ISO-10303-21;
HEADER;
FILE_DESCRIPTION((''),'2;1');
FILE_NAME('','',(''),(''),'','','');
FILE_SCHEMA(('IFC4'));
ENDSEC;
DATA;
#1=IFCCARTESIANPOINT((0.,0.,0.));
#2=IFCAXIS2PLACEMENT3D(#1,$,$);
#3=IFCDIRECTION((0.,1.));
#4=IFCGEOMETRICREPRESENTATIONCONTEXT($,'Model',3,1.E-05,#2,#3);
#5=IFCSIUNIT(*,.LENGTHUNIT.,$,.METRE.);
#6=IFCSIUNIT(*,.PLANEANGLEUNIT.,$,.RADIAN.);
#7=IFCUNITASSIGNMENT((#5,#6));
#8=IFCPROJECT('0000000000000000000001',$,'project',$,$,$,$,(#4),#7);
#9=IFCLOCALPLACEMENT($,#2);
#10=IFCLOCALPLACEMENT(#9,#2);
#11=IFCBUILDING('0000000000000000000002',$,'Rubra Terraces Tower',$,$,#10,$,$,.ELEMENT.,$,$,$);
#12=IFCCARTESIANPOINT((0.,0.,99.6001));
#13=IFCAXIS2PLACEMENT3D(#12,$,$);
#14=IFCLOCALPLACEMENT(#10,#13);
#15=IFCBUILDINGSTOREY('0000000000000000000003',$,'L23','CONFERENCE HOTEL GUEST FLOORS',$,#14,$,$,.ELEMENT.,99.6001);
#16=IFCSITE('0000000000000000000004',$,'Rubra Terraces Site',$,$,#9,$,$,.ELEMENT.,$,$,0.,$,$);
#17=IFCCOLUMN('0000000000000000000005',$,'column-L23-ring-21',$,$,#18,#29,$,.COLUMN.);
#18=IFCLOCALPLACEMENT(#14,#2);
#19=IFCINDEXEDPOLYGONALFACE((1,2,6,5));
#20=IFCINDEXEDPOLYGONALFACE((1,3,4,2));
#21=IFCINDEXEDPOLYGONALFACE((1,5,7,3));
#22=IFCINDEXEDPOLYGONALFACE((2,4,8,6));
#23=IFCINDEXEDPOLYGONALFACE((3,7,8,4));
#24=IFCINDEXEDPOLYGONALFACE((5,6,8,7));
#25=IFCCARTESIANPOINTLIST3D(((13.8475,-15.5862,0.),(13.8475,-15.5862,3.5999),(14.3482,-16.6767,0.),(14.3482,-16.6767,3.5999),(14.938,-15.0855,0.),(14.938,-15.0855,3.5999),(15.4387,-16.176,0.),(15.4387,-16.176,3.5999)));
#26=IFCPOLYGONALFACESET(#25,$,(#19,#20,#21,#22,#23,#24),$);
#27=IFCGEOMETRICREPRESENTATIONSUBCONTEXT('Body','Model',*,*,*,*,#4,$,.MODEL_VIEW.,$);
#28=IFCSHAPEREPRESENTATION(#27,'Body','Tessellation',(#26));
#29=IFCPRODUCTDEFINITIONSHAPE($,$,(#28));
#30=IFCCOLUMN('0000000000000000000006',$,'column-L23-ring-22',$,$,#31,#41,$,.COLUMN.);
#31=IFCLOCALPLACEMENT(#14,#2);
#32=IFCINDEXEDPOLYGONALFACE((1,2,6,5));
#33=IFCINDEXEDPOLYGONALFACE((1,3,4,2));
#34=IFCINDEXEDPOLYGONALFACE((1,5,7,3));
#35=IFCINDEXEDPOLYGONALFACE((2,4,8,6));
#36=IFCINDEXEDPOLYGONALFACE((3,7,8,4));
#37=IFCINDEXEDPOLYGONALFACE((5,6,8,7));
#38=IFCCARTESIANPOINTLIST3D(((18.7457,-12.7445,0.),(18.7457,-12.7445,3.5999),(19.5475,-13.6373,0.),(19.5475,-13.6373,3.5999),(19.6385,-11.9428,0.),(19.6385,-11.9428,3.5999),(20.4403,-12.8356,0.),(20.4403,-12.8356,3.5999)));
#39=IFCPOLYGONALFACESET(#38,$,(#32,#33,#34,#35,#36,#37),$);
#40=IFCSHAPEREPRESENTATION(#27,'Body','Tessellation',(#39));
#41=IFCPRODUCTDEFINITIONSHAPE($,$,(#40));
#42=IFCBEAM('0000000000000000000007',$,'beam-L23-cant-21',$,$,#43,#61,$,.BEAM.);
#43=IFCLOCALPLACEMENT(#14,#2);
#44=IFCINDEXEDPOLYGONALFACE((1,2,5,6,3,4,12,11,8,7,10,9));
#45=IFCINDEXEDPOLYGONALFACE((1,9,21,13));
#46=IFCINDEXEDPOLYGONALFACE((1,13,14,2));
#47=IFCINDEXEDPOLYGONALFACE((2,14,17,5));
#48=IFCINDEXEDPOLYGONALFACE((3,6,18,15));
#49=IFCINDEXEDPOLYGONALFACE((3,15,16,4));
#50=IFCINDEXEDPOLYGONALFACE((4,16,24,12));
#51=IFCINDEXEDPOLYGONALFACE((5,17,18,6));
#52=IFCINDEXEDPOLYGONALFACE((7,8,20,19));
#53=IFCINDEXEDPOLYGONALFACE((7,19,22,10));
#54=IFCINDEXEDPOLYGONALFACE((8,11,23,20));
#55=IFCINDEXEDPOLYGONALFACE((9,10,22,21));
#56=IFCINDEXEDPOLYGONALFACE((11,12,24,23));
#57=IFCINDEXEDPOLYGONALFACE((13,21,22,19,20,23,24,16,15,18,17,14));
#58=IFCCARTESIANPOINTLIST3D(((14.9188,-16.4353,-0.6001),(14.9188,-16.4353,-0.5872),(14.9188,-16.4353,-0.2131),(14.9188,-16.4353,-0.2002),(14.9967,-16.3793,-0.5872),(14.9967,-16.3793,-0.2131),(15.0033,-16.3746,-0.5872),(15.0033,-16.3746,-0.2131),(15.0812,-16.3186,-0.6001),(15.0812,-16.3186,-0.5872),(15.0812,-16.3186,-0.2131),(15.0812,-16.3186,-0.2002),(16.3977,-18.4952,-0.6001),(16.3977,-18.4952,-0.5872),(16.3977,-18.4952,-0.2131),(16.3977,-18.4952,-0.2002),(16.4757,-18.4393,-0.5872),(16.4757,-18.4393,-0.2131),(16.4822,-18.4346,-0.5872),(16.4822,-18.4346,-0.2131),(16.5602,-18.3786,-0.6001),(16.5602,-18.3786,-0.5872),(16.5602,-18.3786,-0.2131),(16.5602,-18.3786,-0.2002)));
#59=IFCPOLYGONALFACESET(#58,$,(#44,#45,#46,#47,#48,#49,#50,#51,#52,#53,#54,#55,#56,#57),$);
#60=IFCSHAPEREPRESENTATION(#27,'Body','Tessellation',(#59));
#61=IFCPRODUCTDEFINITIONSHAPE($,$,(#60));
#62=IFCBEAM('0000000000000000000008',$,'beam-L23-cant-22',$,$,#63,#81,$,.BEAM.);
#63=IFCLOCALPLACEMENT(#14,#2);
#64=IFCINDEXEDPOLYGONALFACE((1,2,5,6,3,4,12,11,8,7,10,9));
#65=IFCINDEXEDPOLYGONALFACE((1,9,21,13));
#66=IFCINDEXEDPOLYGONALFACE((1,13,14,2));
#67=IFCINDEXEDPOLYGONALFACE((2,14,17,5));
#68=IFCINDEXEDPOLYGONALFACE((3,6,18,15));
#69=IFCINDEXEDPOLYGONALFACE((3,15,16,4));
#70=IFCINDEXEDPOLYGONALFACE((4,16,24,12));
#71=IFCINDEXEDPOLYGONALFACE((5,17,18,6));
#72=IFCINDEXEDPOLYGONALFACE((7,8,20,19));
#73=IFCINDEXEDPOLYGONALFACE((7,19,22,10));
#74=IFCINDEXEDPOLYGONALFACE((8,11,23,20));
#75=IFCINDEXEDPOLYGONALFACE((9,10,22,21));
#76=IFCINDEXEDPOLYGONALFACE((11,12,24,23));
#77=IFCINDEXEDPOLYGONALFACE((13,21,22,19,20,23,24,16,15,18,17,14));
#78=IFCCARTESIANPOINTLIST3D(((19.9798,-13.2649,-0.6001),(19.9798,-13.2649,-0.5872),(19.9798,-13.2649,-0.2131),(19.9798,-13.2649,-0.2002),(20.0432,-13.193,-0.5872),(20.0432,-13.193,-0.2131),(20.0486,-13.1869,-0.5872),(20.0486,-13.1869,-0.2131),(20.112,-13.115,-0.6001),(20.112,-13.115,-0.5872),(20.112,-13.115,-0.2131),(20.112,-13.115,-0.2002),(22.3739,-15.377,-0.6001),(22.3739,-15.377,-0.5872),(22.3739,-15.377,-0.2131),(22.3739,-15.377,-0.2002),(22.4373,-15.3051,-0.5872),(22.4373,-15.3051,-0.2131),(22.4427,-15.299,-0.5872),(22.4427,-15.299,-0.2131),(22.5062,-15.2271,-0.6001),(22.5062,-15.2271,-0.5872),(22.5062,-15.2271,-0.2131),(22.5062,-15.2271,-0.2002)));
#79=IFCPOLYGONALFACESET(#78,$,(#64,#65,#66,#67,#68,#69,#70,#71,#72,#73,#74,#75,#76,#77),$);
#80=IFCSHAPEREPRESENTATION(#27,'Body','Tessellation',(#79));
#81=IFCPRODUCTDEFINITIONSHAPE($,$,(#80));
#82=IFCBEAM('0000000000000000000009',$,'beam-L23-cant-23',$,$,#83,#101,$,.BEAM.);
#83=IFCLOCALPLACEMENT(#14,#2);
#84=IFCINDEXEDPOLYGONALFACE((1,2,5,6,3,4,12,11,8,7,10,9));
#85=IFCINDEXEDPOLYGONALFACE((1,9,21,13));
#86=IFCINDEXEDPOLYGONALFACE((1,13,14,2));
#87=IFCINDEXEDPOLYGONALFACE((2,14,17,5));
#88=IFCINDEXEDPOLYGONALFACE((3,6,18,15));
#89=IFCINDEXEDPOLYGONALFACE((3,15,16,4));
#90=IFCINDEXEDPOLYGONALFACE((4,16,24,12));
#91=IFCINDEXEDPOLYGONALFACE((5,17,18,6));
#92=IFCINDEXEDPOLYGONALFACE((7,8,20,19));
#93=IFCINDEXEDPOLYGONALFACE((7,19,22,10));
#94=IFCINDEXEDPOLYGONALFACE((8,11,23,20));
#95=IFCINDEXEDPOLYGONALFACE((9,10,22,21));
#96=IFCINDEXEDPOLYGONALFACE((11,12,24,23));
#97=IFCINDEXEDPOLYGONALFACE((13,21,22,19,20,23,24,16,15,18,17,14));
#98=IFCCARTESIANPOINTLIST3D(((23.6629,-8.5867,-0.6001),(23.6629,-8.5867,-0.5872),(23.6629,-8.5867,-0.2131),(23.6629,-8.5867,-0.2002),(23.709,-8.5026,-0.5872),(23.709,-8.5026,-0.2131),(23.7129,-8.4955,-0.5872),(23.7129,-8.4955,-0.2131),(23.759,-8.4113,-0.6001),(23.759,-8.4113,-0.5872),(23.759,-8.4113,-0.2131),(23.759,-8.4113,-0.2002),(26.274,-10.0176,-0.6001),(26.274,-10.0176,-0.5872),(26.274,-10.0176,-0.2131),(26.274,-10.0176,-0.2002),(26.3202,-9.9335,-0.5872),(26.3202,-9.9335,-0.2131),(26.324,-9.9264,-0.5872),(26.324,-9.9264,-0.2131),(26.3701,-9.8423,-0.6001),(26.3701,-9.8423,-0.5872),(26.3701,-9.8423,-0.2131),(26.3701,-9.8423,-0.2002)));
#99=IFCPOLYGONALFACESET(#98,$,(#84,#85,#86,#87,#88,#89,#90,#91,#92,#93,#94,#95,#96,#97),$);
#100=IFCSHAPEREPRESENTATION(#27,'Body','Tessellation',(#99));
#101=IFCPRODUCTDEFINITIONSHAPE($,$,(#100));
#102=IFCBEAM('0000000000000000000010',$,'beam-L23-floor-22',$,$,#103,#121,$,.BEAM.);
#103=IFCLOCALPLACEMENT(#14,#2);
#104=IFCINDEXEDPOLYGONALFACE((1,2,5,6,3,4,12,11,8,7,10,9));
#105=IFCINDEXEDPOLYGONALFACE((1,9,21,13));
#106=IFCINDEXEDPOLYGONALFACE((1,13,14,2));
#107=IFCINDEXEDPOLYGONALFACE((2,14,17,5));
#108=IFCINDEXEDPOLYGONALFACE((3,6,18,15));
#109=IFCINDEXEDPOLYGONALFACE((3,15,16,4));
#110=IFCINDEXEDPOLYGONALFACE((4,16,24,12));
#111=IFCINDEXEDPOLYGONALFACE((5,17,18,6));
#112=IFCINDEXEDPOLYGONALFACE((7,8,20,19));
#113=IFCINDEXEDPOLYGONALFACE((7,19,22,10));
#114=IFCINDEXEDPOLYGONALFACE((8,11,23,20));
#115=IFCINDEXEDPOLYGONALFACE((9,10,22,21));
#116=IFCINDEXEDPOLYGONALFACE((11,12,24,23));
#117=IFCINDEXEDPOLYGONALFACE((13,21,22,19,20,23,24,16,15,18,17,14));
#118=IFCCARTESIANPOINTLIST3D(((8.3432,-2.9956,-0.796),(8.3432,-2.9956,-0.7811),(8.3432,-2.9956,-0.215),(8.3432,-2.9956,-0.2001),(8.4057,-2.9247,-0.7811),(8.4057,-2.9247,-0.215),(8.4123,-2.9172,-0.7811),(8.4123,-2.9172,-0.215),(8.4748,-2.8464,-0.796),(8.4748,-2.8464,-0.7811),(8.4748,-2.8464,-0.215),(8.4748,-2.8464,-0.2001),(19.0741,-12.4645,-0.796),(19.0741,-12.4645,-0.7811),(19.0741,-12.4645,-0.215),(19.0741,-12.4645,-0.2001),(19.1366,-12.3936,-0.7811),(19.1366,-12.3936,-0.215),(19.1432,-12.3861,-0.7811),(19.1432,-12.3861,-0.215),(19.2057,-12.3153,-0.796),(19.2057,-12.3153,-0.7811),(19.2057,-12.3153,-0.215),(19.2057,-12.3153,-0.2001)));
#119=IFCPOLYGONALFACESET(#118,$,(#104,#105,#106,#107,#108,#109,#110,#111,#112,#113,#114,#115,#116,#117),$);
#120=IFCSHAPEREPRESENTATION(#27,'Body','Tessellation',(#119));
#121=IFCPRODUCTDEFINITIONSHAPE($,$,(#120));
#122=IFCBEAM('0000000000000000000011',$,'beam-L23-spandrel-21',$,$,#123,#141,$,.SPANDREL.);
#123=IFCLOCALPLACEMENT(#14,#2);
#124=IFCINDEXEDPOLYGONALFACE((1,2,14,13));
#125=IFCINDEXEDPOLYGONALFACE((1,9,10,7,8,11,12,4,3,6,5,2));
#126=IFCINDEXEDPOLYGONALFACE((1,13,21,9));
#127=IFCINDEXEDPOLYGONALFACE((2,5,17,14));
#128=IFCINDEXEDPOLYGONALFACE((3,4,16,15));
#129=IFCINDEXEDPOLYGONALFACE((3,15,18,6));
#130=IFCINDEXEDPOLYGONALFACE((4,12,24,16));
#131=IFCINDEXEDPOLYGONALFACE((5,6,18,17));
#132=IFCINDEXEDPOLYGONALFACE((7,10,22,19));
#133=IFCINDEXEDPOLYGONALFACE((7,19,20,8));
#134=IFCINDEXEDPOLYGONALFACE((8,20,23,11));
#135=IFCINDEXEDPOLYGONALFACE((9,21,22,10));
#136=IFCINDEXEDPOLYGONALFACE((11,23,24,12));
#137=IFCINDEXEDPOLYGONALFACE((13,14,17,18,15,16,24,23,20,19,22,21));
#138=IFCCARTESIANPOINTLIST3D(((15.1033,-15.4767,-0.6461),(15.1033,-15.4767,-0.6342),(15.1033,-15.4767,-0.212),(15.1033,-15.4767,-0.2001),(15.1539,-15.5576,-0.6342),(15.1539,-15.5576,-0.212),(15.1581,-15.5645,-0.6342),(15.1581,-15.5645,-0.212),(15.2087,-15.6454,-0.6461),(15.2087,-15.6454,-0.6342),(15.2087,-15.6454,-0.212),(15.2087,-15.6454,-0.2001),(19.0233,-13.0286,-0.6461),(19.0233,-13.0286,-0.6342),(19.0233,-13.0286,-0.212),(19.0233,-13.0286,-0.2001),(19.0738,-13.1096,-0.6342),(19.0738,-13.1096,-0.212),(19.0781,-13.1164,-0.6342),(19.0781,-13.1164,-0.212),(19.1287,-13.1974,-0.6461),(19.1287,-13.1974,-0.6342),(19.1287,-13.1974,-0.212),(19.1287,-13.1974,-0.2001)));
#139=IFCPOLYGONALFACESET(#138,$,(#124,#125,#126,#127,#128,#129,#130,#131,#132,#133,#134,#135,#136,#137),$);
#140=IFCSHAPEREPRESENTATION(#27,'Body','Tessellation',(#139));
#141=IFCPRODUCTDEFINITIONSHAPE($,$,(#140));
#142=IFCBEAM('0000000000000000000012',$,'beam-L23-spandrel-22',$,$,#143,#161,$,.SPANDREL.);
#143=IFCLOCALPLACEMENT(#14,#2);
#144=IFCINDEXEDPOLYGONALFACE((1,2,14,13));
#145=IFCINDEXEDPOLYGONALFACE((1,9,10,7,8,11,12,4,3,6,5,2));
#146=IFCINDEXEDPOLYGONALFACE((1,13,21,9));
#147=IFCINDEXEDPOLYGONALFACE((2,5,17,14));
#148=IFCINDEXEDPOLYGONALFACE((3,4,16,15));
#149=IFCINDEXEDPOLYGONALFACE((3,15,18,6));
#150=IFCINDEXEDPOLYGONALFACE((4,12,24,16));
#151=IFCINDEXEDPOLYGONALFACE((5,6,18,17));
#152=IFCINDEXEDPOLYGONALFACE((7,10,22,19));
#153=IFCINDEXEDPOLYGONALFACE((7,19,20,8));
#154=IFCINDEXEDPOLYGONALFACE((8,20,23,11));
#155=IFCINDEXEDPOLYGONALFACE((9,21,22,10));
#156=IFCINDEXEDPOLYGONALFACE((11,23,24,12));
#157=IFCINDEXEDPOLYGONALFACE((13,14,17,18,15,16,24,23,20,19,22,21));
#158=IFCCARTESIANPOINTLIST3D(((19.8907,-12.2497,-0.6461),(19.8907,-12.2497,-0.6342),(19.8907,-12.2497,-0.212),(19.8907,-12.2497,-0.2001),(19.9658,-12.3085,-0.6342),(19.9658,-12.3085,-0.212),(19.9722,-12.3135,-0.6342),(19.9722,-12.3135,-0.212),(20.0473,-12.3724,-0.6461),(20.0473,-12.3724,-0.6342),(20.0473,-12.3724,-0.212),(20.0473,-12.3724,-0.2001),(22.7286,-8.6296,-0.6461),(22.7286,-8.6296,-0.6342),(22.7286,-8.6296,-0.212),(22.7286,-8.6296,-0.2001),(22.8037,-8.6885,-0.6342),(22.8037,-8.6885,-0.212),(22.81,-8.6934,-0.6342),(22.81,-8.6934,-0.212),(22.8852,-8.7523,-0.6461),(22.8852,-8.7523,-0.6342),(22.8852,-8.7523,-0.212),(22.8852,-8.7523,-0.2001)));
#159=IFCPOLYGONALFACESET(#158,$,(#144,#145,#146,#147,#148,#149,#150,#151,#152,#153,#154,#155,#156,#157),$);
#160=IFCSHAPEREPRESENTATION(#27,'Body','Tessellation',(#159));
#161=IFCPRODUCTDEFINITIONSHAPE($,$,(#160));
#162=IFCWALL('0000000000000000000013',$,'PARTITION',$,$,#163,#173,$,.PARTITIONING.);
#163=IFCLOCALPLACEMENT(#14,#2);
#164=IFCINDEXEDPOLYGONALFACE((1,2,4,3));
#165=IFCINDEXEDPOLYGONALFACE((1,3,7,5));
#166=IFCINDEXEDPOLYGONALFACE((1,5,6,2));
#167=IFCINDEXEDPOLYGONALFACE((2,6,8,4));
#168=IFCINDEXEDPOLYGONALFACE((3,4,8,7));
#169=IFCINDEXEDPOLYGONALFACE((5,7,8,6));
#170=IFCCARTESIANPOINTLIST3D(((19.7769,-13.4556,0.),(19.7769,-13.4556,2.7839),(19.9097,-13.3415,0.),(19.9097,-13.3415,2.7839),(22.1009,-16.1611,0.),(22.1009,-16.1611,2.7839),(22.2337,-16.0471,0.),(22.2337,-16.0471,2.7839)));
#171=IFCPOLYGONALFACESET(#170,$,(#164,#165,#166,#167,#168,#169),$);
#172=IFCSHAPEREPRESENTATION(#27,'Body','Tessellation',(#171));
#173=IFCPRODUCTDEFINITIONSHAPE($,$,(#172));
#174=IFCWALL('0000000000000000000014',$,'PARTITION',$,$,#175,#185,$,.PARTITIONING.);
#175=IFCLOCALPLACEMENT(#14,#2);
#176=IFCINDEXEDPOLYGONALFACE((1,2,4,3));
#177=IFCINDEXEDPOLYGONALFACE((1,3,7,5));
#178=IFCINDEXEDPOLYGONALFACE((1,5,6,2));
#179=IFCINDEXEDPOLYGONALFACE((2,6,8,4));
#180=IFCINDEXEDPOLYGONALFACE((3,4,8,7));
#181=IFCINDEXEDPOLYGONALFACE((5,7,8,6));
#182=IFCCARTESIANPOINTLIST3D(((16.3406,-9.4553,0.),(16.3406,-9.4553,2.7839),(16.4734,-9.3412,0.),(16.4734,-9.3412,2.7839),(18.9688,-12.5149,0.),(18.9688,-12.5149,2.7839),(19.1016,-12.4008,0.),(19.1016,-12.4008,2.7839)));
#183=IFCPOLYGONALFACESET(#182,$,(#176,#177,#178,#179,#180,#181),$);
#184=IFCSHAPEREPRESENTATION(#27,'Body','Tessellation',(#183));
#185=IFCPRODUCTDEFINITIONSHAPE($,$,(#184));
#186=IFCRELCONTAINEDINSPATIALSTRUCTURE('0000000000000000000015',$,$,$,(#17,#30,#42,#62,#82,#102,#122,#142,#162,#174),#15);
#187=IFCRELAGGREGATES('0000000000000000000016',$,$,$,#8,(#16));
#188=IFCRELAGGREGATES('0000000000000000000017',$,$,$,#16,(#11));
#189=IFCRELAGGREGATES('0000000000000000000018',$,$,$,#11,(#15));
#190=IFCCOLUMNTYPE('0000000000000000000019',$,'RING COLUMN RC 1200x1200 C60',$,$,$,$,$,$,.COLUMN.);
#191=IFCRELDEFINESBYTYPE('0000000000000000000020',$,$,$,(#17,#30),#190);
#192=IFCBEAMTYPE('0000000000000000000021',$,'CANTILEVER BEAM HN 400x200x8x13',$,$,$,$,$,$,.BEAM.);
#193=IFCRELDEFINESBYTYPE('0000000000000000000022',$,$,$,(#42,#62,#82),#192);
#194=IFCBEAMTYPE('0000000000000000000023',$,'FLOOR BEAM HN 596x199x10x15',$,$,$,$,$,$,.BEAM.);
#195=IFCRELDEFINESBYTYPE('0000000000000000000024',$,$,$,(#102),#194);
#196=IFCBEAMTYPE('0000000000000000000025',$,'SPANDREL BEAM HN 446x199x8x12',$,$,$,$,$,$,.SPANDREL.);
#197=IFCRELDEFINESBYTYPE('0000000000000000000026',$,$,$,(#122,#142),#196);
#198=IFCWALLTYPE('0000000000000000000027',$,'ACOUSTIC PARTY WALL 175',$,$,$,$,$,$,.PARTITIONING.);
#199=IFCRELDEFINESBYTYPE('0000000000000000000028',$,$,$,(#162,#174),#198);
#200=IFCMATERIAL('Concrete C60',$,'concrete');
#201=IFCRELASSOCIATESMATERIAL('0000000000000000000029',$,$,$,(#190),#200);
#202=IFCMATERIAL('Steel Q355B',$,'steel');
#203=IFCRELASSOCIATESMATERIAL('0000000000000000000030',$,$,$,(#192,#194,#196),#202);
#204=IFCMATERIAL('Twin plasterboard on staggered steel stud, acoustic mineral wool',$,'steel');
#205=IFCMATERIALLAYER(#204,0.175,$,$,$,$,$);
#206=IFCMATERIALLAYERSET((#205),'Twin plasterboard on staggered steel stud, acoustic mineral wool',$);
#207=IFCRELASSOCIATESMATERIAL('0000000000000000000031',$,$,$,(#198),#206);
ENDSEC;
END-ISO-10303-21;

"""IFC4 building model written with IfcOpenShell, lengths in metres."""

from ifc_helpers import new_model, si_unit, direction, frame, frame_2d, origin, origin_2d, place, context, subcontext, project, spatial, rectangle, i_section, extrude, material, layer, layer_set, material_profile, profile_set, type_object, element, save


model = new_model("IFC4")

# Units and contexts
model_context = context("Model", 3, precision=1e-05, world=origin(), true_north=direction((0.0, 1.0)))
body_context = subcontext(model_context, "Body", "Model", "MODEL_VIEW")
ifc_project = project(units=[si_unit("LENGTHUNIT", "METRE"), si_unit("PLANEANGLEUNIT", "RADIAN")], contexts=[model_context])

# Site, building, storey
site_placement = place(None, origin())
site = spatial("IfcSite", under=ifc_project, at=site_placement, Name="Rubra Terraces Site", CompositionType="ELEMENT", RefElevation=0.0)
building_placement = place(site_placement, origin())
building = spatial("IfcBuilding", under=site, at=building_placement, Name="Rubra Terraces Tower", CompositionType="ELEMENT")
storey_placement = place(building_placement, frame((0.0, 0.0, 99.6001)))
storey = spatial("IfcBuildingStorey", under=building, at=storey_placement, Name="L23", Description="CONFERENCE HOTEL GUEST FLOORS", CompositionType="ELEMENT", Elevation=99.6001)

# Columns
ifc_material_1 = material(Name="Concrete C60", Category="concrete")
ifc_material_profile_1 = material_profile(ifc_material_1, rectangle(XDim=1.2, YDim=1.2, at=origin_2d()), Name="RC 1200x1200")
ifc_profile_set_1 = profile_set([ifc_material_profile_1], Name="Concrete C60")
column_type = type_object("IfcColumnType", Name="RING COLUMN RC 1200x1200 C60", PredefinedType="COLUMN", material=ifc_profile_set_1)
for number, where, z_axis, x_axis, name in (
    (1, (14.6431, -15.8811, 0.0), (0.0, 0.0, 1.0), (0.908779, 0.417279, 0.0), "column-L23-ring-21"),
    (2, (19.593, -12.79, 0.0), (0.0, 0.0, 1.0), (0.744021, 0.668156, 0.0), "column-L23-ring-22"),
):
    element("IfcColumn", number, at=place(storey_placement, frame(where, z_axis=z_axis, x_axis=x_axis)), inside=storey, type_object=column_type, Name=name, PredefinedType="COLUMN", context=body_context, shape_type="SweptSolid", body=[
        extrude(rectangle(XDim=1.2, YDim=1.2, at=origin_2d()), origin(), (0.0, 0.0, 1.0), 3.5999),
    ])

# Beams
ifc_material_2 = material(Name="Steel Q355B", Category="steel")
ifc_material_profile_2 = material_profile(ifc_material_2, i_section(OverallWidth=0.2, OverallDepth=0.3999, WebThickness=0.0081, FlangeThickness=0.0129, at=origin_2d()), Name="HN 400x200x8x13")
ifc_profile_set_2 = profile_set([ifc_material_profile_2], Name="Steel Q355B")
beam_type_1 = type_object("IfcBeamType", Name="CANTILEVER BEAM HN 400x200x8x13", PredefinedType="BEAM", material=ifc_profile_set_2)
beam_1_placement = place(storey_placement, frame((15.0, -16.377, -0.4001), z_axis=(0.583204, -0.812326, 0.0), x_axis=(0.812326, 0.583204, 0.0)))
element("IfcBeam", 3, at=beam_1_placement, inside=storey, type_object=beam_type_1, Name="beam-L23-cant-21", PredefinedType="BEAM", context=body_context, shape_type="SweptSolid", body=[
    extrude(i_section(OverallWidth=0.2, OverallDepth=0.3999, WebThickness=0.0081, FlangeThickness=0.0129, at=origin_2d()), origin(), (0.0, 0.0, 1.0), 2.5359),
])
beam_2_placement = place(storey_placement, frame((20.0459, -13.1899, -0.4001), z_axis=(0.749889, -0.661563, 0.0), x_axis=(0.661563, 0.749889, 0.0)))
element("IfcBeam", 4, at=beam_2_placement, inside=storey, type_object=beam_type_1, Name="beam-L23-cant-22", PredefinedType="BEAM", context=body_context, shape_type="SweptSolid", body=[
    extrude(i_section(OverallWidth=0.2, OverallDepth=0.3999, WebThickness=0.0081, FlangeThickness=0.0129, at=origin_2d()), origin(), (0.0, 0.0, 1.0), 3.1926),
])
beam_3_placement = place(storey_placement, frame((23.7109, -8.499, -0.4001), z_axis=(0.876951, -0.48058, 0.0), x_axis=(0.48058, 0.876951, 0.0)))
element("IfcBeam", 5, at=beam_3_placement, inside=storey, type_object=beam_type_1, Name="beam-L23-cant-23", PredefinedType="BEAM", context=body_context, shape_type="SweptSolid", body=[
    extrude(i_section(OverallWidth=0.2, OverallDepth=0.3999, WebThickness=0.0081, FlangeThickness=0.0129, at=origin_2d()), origin(), (0.0, 0.0, 1.0), 2.9775),
])
ifc_material_profile_3 = material_profile(ifc_material_2, i_section(OverallWidth=0.199, OverallDepth=0.5959, WebThickness=0.01, FlangeThickness=0.0149, at=origin_2d()), Name="HN 596x199x10x15")
ifc_profile_set_3 = profile_set([ifc_material_profile_3], Name="Steel Q355B")
beam_type_2 = type_object("IfcBeamType", Name="FLOOR BEAM HN 596x199x10x15", PredefinedType="BEAM", material=ifc_profile_set_3)
beam_4_placement = place(storey_placement, frame((19.1399, -12.3899, -0.498), z_axis=(-0.74982, 0.661641, 0.0), x_axis=(-0.661641, -0.74982, 0.0)))
element("IfcBeam", 6, at=beam_4_placement, inside=storey, type_object=beam_type_2, Name="beam-L23-floor-22", PredefinedType="BEAM", context=body_context, shape_type="SweptSolid", body=[
    extrude(i_section(OverallWidth=0.199, OverallDepth=0.5959, WebThickness=0.01, FlangeThickness=0.0149, at=origin_2d()), origin(), (0.0, 0.0, 1.0), 14.3113),
])
ifc_material_profile_4 = material_profile(ifc_material_2, i_section(OverallWidth=0.199, OverallDepth=0.446, WebThickness=0.0081, FlangeThickness=0.012, at=origin_2d()), Name="HN 446x199x8x12")
ifc_profile_set_4 = profile_set([ifc_material_profile_4], Name="Steel Q355B")
beam_type_3 = type_object("IfcBeamType", Name="SPANDREL BEAM HN 446x199x8x12", PredefinedType="SPANDREL", material=ifc_profile_set_4)
beam_5_placement = place(storey_placement, frame((15.156, -15.561, -0.4231), z_axis=(0.848188, 0.529695, 0.0), x_axis=(-0.529695, 0.848188, 0.0)))
element("IfcBeam", 7, at=beam_5_placement, inside=storey, type_object=beam_type_3, Name="beam-L23-spandrel-21", PredefinedType="SPANDREL", context=body_context, shape_type="SweptSolid", body=[
    extrude(i_section(OverallWidth=0.199, OverallDepth=0.446, WebThickness=0.0081, FlangeThickness=0.012, at=origin_2d()), origin(), (0.0, 0.0, 1.0), 4.6216),
])
beam_6_placement = place(storey_placement, frame((19.969, -12.311, -0.4231), z_axis=(0.616949, 0.787003, 0.0), x_axis=(-0.787003, 0.616949, 0.0)))
element("IfcBeam", 8, at=beam_6_placement, inside=storey, type_object=beam_type_3, Name="beam-L23-spandrel-22", PredefinedType="SPANDREL", context=body_context, shape_type="SweptSolid", body=[
    extrude(i_section(OverallWidth=0.199, OverallDepth=0.446, WebThickness=0.0081, FlangeThickness=0.012, at=origin_2d()), origin(), (0.0, 0.0, 1.0), 4.5999),
])

# Walls
ifc_material_3 = material(Name="Twin plasterboard on staggered steel stud, acoustic mineral wool", Category="steel")
ifc_layer_1 = layer(ifc_material_3, 0.175)
ifc_layer_set_1 = layer_set([ifc_layer_1], Name="Twin plasterboard on staggered steel stud, acoustic mineral wool")
wall_type_1 = type_object("IfcWallType", Name="ACOUSTIC PARTY WALL 175", PredefinedType="PARTITIONING", material=ifc_layer_set_1)
wall_1_placement = place(storey_placement, frame((22.1672, -16.104, 0.0), z_axis=(0.0, 0.0, 1.0), x_axis=(-0.651586, 0.758575, 0.0)))
element("IfcWall", 9, at=wall_1_placement, inside=storey, type_object=wall_type_1, Name="PARTITION", PredefinedType="PARTITIONING", context=body_context, shape_type="SweptSolid", body=[
    extrude(rectangle(XDim=3.5667, YDim=0.175, at=frame_2d((1.7832, 0.0))), origin(), (0.0, 0.0, 1.0), 2.7839),
])
wall_2_placement = place(storey_placement, frame((19.0352, -12.4578, 0.0), z_axis=(0.0, 0.0, 1.0), x_axis=(-0.651604, 0.75856, 0.0)))
element("IfcWall", 10, at=wall_2_placement, inside=storey, type_object=wall_type_1, Name="PARTITION", PredefinedType="PARTITIONING", context=body_context, shape_type="SweptSolid", body=[
    extrude(rectangle(XDim=4.0334, YDim=0.175, at=frame_2d((2.0166, 0.0))), origin(), (0.0, 0.0, 1.0), 2.7839),
])

save(model, "model.ifc")
